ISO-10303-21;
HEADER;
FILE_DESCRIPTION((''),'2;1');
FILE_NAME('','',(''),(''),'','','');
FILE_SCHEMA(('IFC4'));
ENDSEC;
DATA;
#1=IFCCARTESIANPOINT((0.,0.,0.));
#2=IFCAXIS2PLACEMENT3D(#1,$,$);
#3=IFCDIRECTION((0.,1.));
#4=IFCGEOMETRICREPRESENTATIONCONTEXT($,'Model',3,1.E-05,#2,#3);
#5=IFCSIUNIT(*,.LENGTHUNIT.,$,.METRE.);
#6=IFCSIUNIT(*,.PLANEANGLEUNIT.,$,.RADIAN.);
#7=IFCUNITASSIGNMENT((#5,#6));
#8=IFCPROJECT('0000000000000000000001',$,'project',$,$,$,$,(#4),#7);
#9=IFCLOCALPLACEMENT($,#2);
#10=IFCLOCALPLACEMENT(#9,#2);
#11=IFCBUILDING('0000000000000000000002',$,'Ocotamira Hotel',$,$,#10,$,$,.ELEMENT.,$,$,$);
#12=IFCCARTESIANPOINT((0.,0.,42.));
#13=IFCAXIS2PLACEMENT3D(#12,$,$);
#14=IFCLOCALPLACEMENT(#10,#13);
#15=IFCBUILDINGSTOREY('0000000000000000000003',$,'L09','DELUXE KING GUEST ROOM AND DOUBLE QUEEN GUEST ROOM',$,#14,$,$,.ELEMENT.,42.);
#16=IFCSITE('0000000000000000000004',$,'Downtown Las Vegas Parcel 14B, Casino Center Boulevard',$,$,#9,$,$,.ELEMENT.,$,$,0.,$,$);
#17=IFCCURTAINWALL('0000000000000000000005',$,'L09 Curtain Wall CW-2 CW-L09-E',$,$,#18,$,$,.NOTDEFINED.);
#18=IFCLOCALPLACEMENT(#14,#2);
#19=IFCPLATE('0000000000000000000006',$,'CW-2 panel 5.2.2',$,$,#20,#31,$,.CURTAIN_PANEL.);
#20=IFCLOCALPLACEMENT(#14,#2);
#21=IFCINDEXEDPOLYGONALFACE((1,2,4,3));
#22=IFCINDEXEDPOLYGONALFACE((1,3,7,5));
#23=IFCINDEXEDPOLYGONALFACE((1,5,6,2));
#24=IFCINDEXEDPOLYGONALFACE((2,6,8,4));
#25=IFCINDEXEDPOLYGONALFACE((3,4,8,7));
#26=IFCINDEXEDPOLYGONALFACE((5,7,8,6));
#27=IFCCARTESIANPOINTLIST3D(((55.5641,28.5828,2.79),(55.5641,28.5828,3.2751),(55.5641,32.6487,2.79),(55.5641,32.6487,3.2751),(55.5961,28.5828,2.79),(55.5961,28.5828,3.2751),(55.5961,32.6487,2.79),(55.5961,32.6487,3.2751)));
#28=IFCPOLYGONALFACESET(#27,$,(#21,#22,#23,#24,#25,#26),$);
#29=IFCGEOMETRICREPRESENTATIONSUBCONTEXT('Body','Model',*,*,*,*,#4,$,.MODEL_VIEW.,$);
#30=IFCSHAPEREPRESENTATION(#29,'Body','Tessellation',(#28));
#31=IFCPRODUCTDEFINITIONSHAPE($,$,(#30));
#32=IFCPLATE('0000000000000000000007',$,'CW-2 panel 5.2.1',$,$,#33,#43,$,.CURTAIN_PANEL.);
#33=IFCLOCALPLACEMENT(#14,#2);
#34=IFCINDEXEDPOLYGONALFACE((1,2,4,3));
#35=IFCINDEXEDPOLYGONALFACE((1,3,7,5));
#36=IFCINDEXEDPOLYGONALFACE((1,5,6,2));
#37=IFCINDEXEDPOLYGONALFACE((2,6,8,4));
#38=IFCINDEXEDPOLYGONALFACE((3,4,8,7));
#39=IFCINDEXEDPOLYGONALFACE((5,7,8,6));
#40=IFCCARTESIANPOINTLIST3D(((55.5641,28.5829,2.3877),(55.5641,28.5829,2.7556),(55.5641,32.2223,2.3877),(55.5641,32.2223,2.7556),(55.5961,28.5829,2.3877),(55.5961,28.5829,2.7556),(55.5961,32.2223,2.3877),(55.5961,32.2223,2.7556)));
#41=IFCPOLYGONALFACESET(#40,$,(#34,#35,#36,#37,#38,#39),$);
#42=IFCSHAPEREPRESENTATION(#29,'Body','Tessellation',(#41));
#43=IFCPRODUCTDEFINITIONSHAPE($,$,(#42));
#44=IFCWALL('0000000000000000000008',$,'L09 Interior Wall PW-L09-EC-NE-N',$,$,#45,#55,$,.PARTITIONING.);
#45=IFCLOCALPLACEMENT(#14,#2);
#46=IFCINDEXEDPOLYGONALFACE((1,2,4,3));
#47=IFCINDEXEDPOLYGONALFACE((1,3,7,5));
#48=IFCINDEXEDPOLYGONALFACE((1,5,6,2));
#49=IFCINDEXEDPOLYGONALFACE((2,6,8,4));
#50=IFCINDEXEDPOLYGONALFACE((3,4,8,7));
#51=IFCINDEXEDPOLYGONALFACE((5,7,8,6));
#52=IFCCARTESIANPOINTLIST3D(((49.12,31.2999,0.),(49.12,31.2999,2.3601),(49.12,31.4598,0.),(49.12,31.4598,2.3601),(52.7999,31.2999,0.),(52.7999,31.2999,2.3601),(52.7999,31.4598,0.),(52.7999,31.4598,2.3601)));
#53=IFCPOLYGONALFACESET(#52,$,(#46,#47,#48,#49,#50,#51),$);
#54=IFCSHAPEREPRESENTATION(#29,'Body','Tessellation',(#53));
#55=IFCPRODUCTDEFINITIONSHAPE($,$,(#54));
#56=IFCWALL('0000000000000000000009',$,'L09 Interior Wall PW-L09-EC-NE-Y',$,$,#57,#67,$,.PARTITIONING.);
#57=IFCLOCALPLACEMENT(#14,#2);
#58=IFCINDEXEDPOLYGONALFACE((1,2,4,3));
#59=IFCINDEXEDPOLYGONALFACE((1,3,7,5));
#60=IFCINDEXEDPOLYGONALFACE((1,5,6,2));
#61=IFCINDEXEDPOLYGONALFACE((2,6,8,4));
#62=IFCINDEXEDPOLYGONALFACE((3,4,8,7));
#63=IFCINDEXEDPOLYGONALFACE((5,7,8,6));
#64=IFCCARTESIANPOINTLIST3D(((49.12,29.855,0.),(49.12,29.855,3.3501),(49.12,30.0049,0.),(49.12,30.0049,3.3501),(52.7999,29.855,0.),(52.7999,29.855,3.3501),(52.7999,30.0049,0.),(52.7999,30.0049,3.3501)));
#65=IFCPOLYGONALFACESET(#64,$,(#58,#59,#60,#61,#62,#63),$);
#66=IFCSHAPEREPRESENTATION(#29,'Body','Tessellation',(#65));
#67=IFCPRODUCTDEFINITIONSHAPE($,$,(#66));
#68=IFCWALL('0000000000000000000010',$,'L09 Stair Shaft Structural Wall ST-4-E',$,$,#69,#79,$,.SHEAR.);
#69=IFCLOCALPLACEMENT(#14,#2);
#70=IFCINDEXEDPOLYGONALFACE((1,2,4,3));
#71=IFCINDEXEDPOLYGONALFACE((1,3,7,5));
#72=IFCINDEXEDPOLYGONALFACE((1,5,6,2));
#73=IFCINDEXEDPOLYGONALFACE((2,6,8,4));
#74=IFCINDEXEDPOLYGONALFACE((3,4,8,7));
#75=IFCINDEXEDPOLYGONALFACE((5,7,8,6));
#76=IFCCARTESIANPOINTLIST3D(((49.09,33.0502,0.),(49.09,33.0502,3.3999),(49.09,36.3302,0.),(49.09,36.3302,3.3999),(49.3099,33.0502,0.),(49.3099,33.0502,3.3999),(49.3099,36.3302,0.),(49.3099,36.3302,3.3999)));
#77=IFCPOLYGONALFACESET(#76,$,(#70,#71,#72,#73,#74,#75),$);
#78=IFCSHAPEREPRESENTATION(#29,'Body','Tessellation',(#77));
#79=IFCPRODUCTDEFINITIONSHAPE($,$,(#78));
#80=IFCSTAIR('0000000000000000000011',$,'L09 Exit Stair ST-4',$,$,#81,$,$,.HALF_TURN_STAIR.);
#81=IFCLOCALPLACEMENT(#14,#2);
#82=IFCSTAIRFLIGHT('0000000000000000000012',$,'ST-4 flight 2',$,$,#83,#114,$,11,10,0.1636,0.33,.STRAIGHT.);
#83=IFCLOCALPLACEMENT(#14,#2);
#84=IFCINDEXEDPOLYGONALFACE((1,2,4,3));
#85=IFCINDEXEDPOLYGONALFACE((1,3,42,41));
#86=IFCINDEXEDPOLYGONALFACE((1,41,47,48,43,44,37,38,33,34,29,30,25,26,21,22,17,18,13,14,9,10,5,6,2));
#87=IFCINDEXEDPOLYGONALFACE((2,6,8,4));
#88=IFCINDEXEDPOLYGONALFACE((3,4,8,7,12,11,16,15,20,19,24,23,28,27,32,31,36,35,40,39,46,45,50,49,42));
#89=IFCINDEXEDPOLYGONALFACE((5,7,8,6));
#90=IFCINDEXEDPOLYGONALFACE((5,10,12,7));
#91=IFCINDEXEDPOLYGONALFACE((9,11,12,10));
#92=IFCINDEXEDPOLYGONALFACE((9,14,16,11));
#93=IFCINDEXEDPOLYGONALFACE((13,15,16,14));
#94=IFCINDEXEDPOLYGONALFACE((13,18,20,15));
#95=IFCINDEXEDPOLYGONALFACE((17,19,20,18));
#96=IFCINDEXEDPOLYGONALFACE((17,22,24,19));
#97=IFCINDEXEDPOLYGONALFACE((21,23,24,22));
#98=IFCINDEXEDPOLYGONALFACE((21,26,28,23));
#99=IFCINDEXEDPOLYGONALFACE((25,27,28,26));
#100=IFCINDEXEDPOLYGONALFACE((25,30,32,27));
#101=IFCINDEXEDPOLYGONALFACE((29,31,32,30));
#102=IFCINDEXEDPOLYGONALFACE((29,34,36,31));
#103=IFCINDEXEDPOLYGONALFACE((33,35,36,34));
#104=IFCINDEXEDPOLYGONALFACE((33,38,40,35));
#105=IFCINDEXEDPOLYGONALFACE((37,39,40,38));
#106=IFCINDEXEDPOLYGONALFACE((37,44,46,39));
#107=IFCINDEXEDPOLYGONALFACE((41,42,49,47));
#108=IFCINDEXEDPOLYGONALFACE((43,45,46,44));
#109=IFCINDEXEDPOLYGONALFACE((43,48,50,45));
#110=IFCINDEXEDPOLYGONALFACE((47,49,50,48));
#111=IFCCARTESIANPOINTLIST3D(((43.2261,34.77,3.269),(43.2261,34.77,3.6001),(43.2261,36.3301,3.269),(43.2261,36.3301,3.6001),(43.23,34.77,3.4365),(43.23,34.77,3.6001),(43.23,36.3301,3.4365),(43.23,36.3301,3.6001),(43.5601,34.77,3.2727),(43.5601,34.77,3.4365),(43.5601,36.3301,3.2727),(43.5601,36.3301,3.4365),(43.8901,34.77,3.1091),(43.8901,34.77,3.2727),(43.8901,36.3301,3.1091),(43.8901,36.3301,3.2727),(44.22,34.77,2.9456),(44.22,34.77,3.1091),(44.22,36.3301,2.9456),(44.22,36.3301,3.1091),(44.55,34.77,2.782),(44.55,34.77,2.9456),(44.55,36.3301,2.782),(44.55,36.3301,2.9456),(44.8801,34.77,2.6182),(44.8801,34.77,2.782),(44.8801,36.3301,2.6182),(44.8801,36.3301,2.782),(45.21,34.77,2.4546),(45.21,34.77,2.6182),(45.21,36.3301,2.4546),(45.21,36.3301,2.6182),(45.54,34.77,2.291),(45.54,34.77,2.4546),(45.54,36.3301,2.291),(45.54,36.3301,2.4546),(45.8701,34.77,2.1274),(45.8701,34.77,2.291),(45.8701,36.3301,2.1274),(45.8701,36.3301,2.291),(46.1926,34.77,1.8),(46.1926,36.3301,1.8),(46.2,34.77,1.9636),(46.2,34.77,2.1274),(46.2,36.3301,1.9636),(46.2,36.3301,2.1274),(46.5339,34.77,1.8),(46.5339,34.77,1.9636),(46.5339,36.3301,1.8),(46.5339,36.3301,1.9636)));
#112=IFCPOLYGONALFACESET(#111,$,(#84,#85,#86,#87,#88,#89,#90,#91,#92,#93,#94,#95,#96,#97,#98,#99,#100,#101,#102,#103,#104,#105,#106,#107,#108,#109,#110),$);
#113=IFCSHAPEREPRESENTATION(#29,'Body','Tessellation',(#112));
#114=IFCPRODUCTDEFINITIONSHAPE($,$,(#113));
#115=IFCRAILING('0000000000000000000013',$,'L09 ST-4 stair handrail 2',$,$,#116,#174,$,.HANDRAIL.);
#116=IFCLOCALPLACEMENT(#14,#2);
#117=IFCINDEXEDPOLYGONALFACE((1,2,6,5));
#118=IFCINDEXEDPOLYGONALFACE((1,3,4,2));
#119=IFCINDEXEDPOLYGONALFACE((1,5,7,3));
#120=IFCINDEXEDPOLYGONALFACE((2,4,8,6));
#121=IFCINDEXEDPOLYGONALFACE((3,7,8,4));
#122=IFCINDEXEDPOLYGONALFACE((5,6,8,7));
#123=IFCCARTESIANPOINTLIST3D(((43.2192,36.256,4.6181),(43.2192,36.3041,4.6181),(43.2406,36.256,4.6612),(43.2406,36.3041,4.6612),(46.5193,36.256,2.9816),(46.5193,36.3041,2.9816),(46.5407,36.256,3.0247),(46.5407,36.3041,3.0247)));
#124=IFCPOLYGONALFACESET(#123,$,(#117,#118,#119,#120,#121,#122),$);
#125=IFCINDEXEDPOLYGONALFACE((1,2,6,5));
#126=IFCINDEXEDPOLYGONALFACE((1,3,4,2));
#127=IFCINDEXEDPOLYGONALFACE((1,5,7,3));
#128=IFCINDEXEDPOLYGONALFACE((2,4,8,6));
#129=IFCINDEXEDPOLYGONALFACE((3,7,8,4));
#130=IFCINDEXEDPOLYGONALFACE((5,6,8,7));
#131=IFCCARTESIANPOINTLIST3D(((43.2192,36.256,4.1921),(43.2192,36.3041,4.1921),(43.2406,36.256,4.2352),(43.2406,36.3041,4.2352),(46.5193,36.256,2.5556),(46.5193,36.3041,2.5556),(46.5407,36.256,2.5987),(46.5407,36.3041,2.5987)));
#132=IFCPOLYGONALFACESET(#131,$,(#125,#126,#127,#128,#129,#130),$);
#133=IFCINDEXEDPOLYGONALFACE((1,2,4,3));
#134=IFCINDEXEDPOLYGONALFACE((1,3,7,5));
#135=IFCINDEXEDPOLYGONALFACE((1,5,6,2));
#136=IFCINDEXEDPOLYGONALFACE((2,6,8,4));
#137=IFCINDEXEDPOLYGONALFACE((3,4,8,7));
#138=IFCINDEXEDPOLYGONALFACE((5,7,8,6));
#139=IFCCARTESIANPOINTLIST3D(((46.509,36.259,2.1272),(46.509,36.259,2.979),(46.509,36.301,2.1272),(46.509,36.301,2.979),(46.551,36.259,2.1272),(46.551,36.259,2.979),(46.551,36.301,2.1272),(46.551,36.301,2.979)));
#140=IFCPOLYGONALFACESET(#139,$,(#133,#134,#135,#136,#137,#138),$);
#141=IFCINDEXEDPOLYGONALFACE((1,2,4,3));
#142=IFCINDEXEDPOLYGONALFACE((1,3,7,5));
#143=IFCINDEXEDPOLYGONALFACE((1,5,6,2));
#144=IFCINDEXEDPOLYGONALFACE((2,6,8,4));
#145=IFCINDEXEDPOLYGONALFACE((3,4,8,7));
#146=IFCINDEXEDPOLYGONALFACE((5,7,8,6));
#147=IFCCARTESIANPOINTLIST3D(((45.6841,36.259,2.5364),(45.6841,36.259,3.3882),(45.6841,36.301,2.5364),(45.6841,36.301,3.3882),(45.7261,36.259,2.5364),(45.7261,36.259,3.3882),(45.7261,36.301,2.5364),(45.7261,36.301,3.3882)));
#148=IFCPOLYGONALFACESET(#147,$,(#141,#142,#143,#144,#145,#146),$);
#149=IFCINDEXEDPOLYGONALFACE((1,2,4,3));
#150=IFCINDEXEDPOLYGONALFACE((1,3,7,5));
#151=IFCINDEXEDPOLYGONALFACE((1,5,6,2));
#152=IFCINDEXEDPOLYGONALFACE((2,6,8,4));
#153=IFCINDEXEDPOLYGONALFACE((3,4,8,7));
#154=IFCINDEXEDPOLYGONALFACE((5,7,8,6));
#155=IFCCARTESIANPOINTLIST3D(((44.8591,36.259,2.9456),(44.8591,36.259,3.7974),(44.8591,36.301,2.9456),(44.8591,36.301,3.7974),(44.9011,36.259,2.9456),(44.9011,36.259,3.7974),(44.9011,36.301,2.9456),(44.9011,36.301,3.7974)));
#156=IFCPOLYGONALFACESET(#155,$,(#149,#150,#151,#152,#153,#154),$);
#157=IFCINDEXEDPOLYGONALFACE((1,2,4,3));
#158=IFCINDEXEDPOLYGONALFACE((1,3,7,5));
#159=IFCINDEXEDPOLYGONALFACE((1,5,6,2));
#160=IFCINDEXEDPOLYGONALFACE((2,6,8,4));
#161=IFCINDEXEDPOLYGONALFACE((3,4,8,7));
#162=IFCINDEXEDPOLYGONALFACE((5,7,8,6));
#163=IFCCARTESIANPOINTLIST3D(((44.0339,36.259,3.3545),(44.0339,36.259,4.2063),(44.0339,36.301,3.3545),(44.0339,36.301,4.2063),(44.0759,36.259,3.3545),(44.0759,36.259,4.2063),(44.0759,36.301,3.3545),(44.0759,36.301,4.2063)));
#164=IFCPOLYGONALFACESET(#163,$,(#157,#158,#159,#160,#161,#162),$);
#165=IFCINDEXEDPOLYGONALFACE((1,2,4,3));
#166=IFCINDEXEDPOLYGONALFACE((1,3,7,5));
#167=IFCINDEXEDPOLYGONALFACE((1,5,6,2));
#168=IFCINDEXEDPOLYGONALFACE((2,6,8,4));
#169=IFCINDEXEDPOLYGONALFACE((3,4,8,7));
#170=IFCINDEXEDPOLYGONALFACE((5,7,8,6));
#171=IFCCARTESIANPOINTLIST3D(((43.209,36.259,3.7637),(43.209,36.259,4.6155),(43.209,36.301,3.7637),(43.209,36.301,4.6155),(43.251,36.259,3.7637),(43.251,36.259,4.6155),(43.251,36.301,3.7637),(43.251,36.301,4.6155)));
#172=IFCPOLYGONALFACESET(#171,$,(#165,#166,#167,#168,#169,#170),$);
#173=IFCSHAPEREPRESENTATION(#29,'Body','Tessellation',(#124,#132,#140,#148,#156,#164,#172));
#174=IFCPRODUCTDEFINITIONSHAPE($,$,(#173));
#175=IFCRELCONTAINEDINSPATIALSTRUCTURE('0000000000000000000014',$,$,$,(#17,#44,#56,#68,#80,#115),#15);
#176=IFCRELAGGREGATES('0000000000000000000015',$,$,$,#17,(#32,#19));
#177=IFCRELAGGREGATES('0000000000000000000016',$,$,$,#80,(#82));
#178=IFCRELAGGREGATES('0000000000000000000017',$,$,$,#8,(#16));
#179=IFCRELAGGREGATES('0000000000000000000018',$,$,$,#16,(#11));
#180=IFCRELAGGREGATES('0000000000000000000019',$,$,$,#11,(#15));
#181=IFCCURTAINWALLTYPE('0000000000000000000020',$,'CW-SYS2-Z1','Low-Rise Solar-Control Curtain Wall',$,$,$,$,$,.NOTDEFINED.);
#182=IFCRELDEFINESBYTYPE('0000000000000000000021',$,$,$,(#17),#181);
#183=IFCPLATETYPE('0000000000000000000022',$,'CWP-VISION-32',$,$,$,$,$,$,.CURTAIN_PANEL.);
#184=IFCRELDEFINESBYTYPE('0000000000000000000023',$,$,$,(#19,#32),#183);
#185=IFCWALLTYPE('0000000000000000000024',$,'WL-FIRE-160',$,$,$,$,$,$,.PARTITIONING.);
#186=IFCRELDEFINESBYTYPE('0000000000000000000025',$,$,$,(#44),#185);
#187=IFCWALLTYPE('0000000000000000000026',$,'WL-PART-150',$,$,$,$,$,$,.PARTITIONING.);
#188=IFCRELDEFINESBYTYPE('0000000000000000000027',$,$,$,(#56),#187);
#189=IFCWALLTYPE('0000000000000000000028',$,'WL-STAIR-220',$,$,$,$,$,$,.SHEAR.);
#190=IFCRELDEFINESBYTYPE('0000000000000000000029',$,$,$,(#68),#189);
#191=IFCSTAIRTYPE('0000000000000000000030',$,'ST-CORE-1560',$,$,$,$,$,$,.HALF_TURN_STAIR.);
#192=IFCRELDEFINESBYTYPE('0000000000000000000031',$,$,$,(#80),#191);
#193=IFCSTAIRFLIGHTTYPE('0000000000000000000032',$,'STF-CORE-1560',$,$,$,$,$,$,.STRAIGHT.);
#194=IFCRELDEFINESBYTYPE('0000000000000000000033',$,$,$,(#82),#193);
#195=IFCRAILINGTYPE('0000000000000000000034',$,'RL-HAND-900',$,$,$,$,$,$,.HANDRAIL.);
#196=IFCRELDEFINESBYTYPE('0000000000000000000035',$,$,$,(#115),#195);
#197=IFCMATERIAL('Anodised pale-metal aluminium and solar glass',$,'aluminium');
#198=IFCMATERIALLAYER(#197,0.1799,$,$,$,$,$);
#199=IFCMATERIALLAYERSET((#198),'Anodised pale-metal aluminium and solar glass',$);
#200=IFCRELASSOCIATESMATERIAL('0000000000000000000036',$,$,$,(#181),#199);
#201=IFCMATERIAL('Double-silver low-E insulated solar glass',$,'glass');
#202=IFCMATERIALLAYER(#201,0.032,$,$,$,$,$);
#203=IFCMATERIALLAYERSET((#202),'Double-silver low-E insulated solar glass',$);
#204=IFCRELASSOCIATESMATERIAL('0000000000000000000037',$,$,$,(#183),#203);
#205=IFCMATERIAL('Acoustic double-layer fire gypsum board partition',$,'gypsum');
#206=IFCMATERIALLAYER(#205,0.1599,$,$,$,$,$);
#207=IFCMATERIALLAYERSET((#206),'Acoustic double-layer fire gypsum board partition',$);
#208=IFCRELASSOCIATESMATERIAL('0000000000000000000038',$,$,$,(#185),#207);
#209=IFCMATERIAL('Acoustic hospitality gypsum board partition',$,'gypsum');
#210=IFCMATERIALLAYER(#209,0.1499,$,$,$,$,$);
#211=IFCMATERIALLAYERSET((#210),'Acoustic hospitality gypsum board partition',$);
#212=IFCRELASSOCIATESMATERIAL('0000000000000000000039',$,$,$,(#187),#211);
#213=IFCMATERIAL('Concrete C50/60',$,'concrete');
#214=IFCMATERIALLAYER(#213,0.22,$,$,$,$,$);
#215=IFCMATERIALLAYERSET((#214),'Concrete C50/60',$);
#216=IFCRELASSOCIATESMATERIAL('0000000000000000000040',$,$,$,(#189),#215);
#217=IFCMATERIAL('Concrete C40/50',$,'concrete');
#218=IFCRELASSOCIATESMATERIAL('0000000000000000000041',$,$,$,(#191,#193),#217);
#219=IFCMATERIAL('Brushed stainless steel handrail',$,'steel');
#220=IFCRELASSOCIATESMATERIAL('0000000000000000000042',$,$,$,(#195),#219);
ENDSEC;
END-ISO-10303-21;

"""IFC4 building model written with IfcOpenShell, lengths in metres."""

from ifc_helpers import new_model, si_unit, direction, frame, frame_2d, origin, origin_2d, place, context, subcontext, project, spatial, polyline, rectangle, outline, extrude, source, transform, mapped, material, layer, layer_set, type_object, element, aggregate, save


model = new_model("IFC4")

# Units and contexts
model_context = context("Model", 3, precision=1e-05, world=origin(), true_north=direction((0.0, 1.0)))
body_context = subcontext(model_context, "Body", "Model", "MODEL_VIEW")
ifc_project = project(units=[si_unit("LENGTHUNIT", "METRE"), si_unit("PLANEANGLEUNIT", "RADIAN")], contexts=[model_context])

# Site, building, storey
site_placement = place(None, origin())
site = spatial("IfcSite", under=ifc_project, at=site_placement, Name="Downtown Las Vegas Parcel 14B, Casino Center Boulevard", CompositionType="ELEMENT", RefElevation=0.0)
building_placement = place(site_placement, origin())
building = spatial("IfcBuilding", under=site, at=building_placement, Name="Ocotamira Hotel", CompositionType="ELEMENT")
storey_placement = place(building_placement, frame((0.0, 0.0, 42.0)))
storey = spatial("IfcBuildingStorey", under=building, at=storey_placement, Name="L09", Description="DELUXE KING GUEST ROOM AND DOUBLE QUEEN GUEST ROOM", CompositionType="ELEMENT", Elevation=42.0)

# Curtain wall
ifc_material_1 = material(Name="Anodised pale-metal aluminium and solar glass", Category="aluminium")
ifc_layer_1 = layer(ifc_material_1, 0.1799)
ifc_layer_set_1 = layer_set([ifc_layer_1], Name="Anodised pale-metal aluminium and solar glass")
curtain_wall_type = type_object("IfcCurtainWallType", Name="CW-SYS2-Z1", Description="Low-Rise Solar-Control Curtain Wall", PredefinedType="NOTDEFINED", material=ifc_layer_set_1)
curtain_wall_placement = place(storey_placement, origin())
curtain_wall = element("IfcCurtainWall", 1, at=curtain_wall_placement, inside=storey, type_object=curtain_wall_type, Name="L09 Curtain Wall CW-2 CW-L09-E", PredefinedType="NOTDEFINED")

# Plates
ifc_material_2 = material(Name="Double-silver low-E insulated solar glass", Category="glass")
ifc_layer_2 = layer(ifc_material_2, 0.032)
ifc_layer_set_2 = layer_set([ifc_layer_2], Name="Double-silver low-E insulated solar glass")
plate_type_1 = type_object("IfcPlateType", Name="CWP-VISION-32", PredefinedType="CURTAIN_PANEL", material=ifc_layer_set_2)
shared_shape_1 = source(origin(), body_context, "Body", "SweptSolid", [
    extrude(rectangle(XDim=4.0659, YDim=0.032, at=origin_2d()), origin(), (0.0, 0.0, 1.0), 0.4851),
])
plate_1_placement = place(storey_placement, frame((55.5801, 30.6157, 2.79), z_axis=(0.0, 0.0, 1.0), x_axis=(0.0, 1.0, 0.0)))
plate_1 = element("IfcPlate", 2, at=plate_1_placement, type_object=plate_type_1, Name="CW-2 panel 5.2.2", PredefinedType="CURTAIN_PANEL", context=body_context, shape_type="MappedRepresentation", body=[
    mapped(shared_shape_1, transform((0.0, 0.0, 0.0), scale=1.0)),
])
shared_shape_2 = source(origin(), body_context, "Body", "SweptSolid", [
    extrude(rectangle(XDim=3.6394, YDim=0.032, at=origin_2d()), origin(), (0.0, 0.0, 1.0), 0.3679),
])
plate_2_placement = place(storey_placement, frame((55.5801, 30.4026, 2.3877), z_axis=(0.0, 0.0, 1.0), x_axis=(0.0, 1.0, 0.0)))
plate_2 = element("IfcPlate", 3, at=plate_2_placement, type_object=plate_type_1, Name="CW-2 panel 5.2.1", PredefinedType="CURTAIN_PANEL", context=body_context, shape_type="MappedRepresentation", body=[
    mapped(shared_shape_2, transform((0.0, 0.0, 0.0), scale=1.0)),
])
aggregate(curtain_wall, [plate_2, plate_1])

# Wall
ifc_material_3 = material(Name="Acoustic double-layer fire gypsum board partition", Category="gypsum")
ifc_layer_3 = layer(ifc_material_3, 0.1599)
ifc_layer_set_3 = layer_set([ifc_layer_3], Name="Acoustic double-layer fire gypsum board partition")
wall_type_1 = type_object("IfcWallType", Name="WL-FIRE-160", PredefinedType="PARTITIONING", material=ifc_layer_set_3)
wall_1_placement = place(storey_placement, frame((49.1201, 31.3799, 0.0), z_axis=(0.0, 0.0, 1.0), x_axis=(1.0, 0.0, 0.0)))
element("IfcWall", 4, at=wall_1_placement, inside=storey, type_object=wall_type_1, Name="L09 Interior Wall PW-L09-EC-NE-N", PredefinedType="PARTITIONING", context=body_context, shape_type="SweptSolid", body=[
    extrude(rectangle(XDim=3.6799, YDim=0.1599, at=frame_2d((1.8398, 0.0))), origin(), (0.0, 0.0, 1.0), 2.3601),
])

# Walls
ifc_material_4 = material(Name="Acoustic hospitality gypsum board partition", Category="gypsum")
ifc_layer_4 = layer(ifc_material_4, 0.1499)
ifc_layer_set_4 = layer_set([ifc_layer_4], Name="Acoustic hospitality gypsum board partition")
wall_type_2 = type_object("IfcWallType", Name="WL-PART-150", PredefinedType="PARTITIONING", material=ifc_layer_set_4)
wall_2_placement = place(storey_placement, frame((49.1201, 29.9299, 0.0), z_axis=(0.0, 0.0, 1.0), x_axis=(1.0, 0.0, 0.0)))
element("IfcWall", 5, at=wall_2_placement, inside=storey, type_object=wall_type_2, Name="L09 Interior Wall PW-L09-EC-NE-Y", PredefinedType="PARTITIONING", context=body_context, shape_type="SweptSolid", body=[
    extrude(rectangle(XDim=3.6799, YDim=0.1499, at=frame_2d((1.8398, 0.0))), origin(), (0.0, 0.0, 1.0), 3.3501),
])
ifc_material_5 = material(Name="Concrete C50/60", Category="concrete")
ifc_layer_5 = layer(ifc_material_5, 0.22)
ifc_layer_set_5 = layer_set([ifc_layer_5], Name="Concrete C50/60")
wall_type_3 = type_object("IfcWallType", Name="WL-STAIR-220", PredefinedType="SHEAR", material=ifc_layer_set_5)
wall_3_placement = place(storey_placement, frame((49.2, 33.05, 0.0), z_axis=(0.0, 0.0, 1.0), x_axis=(0.0, 1.0, 0.0)))
element("IfcWall", 6, at=wall_3_placement, inside=storey, type_object=wall_type_3, Name="L09 Stair Shaft Structural Wall ST-4-E", PredefinedType="SHEAR", context=body_context, shape_type="SweptSolid", body=[
    extrude(rectangle(XDim=3.28, YDim=0.22, at=frame_2d((1.6401, 0.0))), origin(), (0.0, 0.0, 1.0), 3.3999),
])

# Stair, stair flight
ifc_material_6 = material(Name="Concrete C40/50", Category="concrete")
stair_type = type_object("IfcStairType", Name="ST-CORE-1560", PredefinedType="HALF_TURN_STAIR", material=ifc_material_6)
stair_placement = place(storey_placement, origin())
stair = element("IfcStair", 7, at=stair_placement, inside=storey, type_object=stair_type, Name="L09 Exit Stair ST-4", PredefinedType="HALF_TURN_STAIR")
stair_flight_type = type_object("IfcStairFlightType", Name="STF-CORE-1560", PredefinedType="STRAIGHT", material=ifc_material_6)
shared_shape_3 = source(origin(), body_context, "Body", "SweptSolid", [
    extrude(outline(polyline([(-0.0039, 0.0), (-0.0039, 0.1636), (0.3301, 0.1636), (0.3301, 0.3274), (0.6599, 0.3274), (0.6599, 0.491), (0.99, 0.491), (0.99, 0.6545), (1.3201, 0.6545), (1.3201, 0.8181), (1.6499, 0.8181), (1.6499, 0.9819), (1.98, 0.9819), (1.98, 1.1455), (2.3101, 1.1455), (2.3101, 1.3091), (2.6399, 1.3091), (2.6399, 1.4727), (2.97, 1.4727), (2.97, 1.6365), (3.3, 1.6365), (3.3, 1.8), (3.304, 1.8), (3.304, 1.469), (0.3374, 0.0), (-0.0039, 0.0)])), frame((0.0, 0.78, 0.0), z_axis=(0.0, -1.0, 0.0), x_axis=(1.0, 0.0, 0.0)), (0.0, 0.0, 1.0), 1.5601),
])
stair_flight_placement = place(storey_placement, frame((46.53, 35.55, 1.8), z_axis=(0.0, 0.0, 1.0), x_axis=(-1.0, 0.0, 0.0)))
stair_flight = element("IfcStairFlight", 8, at=stair_flight_placement, type_object=stair_flight_type, Name="ST-4 flight 2", NumberOfRisers=11, NumberOfTreads=10, PredefinedType="STRAIGHT", RiserHeight=0.1636, TreadLength=0.33, context=body_context, shape_type="MappedRepresentation", body=[
    mapped(shared_shape_3, transform((0.0, 0.0, 0.0), scale=1.0)),
])
aggregate(stair, [stair_flight])

# Railing
ifc_material_7 = material(Name="Brushed stainless steel handrail", Category="steel")
railing_type_1 = type_object("IfcRailingType", Name="RL-HAND-900", PredefinedType="HANDRAIL", material=ifc_material_7)
railing_1_placement = place(storey_placement, frame((46.53, 36.28, 2.1272)))
element("IfcRailing", 9, at=railing_1_placement, inside=storey, type_object=railing_type_1, Name="L09 ST-4 stair handrail 2", PredefinedType="HANDRAIL", context=body_context, shape_type="SweptSolid", body=[
    extrude(rectangle(XDim=0.0481, YDim=0.0481, at=origin_2d()), frame((0.0, 0.0, 0.876), z_axis=(-0.895894, 0.0, 0.444268), x_axis=(0.0, -1.0, 0.0)), (0.0, 0.0, 1.0), 3.6836),
    extrude(rectangle(XDim=0.0481, YDim=0.0481, at=origin_2d()), frame((0.0, 0.0, 0.45), z_axis=(-0.895894, 0.0, 0.444268), x_axis=(0.0, -1.0, 0.0)), (0.0, 0.0, 1.0), 3.6836),
    extrude(rectangle(XDim=0.042, YDim=0.042, at=origin_2d()), origin(), (0.0, 0.0, 1.0), 0.8518),
    extrude(rectangle(XDim=0.042, YDim=0.042, at=origin_2d()), frame((-0.825, 0.0, 0.4092)), (0.0, 0.0, 1.0), 0.8518),
    extrude(rectangle(XDim=0.042, YDim=0.042, at=origin_2d()), frame((-1.6499, 0.0, 0.8184)), (0.0, 0.0, 1.0), 0.8518),
    extrude(rectangle(XDim=0.042, YDim=0.042, at=origin_2d()), frame((-2.4751, 0.0, 1.2273)), (0.0, 0.0, 1.0), 0.8518),
    extrude(rectangle(XDim=0.042, YDim=0.042, at=origin_2d()), frame((-3.3, 0.0, 1.6365)), (0.0, 0.0, 1.0), 0.8518),
])

save(model, "model.ifc")
